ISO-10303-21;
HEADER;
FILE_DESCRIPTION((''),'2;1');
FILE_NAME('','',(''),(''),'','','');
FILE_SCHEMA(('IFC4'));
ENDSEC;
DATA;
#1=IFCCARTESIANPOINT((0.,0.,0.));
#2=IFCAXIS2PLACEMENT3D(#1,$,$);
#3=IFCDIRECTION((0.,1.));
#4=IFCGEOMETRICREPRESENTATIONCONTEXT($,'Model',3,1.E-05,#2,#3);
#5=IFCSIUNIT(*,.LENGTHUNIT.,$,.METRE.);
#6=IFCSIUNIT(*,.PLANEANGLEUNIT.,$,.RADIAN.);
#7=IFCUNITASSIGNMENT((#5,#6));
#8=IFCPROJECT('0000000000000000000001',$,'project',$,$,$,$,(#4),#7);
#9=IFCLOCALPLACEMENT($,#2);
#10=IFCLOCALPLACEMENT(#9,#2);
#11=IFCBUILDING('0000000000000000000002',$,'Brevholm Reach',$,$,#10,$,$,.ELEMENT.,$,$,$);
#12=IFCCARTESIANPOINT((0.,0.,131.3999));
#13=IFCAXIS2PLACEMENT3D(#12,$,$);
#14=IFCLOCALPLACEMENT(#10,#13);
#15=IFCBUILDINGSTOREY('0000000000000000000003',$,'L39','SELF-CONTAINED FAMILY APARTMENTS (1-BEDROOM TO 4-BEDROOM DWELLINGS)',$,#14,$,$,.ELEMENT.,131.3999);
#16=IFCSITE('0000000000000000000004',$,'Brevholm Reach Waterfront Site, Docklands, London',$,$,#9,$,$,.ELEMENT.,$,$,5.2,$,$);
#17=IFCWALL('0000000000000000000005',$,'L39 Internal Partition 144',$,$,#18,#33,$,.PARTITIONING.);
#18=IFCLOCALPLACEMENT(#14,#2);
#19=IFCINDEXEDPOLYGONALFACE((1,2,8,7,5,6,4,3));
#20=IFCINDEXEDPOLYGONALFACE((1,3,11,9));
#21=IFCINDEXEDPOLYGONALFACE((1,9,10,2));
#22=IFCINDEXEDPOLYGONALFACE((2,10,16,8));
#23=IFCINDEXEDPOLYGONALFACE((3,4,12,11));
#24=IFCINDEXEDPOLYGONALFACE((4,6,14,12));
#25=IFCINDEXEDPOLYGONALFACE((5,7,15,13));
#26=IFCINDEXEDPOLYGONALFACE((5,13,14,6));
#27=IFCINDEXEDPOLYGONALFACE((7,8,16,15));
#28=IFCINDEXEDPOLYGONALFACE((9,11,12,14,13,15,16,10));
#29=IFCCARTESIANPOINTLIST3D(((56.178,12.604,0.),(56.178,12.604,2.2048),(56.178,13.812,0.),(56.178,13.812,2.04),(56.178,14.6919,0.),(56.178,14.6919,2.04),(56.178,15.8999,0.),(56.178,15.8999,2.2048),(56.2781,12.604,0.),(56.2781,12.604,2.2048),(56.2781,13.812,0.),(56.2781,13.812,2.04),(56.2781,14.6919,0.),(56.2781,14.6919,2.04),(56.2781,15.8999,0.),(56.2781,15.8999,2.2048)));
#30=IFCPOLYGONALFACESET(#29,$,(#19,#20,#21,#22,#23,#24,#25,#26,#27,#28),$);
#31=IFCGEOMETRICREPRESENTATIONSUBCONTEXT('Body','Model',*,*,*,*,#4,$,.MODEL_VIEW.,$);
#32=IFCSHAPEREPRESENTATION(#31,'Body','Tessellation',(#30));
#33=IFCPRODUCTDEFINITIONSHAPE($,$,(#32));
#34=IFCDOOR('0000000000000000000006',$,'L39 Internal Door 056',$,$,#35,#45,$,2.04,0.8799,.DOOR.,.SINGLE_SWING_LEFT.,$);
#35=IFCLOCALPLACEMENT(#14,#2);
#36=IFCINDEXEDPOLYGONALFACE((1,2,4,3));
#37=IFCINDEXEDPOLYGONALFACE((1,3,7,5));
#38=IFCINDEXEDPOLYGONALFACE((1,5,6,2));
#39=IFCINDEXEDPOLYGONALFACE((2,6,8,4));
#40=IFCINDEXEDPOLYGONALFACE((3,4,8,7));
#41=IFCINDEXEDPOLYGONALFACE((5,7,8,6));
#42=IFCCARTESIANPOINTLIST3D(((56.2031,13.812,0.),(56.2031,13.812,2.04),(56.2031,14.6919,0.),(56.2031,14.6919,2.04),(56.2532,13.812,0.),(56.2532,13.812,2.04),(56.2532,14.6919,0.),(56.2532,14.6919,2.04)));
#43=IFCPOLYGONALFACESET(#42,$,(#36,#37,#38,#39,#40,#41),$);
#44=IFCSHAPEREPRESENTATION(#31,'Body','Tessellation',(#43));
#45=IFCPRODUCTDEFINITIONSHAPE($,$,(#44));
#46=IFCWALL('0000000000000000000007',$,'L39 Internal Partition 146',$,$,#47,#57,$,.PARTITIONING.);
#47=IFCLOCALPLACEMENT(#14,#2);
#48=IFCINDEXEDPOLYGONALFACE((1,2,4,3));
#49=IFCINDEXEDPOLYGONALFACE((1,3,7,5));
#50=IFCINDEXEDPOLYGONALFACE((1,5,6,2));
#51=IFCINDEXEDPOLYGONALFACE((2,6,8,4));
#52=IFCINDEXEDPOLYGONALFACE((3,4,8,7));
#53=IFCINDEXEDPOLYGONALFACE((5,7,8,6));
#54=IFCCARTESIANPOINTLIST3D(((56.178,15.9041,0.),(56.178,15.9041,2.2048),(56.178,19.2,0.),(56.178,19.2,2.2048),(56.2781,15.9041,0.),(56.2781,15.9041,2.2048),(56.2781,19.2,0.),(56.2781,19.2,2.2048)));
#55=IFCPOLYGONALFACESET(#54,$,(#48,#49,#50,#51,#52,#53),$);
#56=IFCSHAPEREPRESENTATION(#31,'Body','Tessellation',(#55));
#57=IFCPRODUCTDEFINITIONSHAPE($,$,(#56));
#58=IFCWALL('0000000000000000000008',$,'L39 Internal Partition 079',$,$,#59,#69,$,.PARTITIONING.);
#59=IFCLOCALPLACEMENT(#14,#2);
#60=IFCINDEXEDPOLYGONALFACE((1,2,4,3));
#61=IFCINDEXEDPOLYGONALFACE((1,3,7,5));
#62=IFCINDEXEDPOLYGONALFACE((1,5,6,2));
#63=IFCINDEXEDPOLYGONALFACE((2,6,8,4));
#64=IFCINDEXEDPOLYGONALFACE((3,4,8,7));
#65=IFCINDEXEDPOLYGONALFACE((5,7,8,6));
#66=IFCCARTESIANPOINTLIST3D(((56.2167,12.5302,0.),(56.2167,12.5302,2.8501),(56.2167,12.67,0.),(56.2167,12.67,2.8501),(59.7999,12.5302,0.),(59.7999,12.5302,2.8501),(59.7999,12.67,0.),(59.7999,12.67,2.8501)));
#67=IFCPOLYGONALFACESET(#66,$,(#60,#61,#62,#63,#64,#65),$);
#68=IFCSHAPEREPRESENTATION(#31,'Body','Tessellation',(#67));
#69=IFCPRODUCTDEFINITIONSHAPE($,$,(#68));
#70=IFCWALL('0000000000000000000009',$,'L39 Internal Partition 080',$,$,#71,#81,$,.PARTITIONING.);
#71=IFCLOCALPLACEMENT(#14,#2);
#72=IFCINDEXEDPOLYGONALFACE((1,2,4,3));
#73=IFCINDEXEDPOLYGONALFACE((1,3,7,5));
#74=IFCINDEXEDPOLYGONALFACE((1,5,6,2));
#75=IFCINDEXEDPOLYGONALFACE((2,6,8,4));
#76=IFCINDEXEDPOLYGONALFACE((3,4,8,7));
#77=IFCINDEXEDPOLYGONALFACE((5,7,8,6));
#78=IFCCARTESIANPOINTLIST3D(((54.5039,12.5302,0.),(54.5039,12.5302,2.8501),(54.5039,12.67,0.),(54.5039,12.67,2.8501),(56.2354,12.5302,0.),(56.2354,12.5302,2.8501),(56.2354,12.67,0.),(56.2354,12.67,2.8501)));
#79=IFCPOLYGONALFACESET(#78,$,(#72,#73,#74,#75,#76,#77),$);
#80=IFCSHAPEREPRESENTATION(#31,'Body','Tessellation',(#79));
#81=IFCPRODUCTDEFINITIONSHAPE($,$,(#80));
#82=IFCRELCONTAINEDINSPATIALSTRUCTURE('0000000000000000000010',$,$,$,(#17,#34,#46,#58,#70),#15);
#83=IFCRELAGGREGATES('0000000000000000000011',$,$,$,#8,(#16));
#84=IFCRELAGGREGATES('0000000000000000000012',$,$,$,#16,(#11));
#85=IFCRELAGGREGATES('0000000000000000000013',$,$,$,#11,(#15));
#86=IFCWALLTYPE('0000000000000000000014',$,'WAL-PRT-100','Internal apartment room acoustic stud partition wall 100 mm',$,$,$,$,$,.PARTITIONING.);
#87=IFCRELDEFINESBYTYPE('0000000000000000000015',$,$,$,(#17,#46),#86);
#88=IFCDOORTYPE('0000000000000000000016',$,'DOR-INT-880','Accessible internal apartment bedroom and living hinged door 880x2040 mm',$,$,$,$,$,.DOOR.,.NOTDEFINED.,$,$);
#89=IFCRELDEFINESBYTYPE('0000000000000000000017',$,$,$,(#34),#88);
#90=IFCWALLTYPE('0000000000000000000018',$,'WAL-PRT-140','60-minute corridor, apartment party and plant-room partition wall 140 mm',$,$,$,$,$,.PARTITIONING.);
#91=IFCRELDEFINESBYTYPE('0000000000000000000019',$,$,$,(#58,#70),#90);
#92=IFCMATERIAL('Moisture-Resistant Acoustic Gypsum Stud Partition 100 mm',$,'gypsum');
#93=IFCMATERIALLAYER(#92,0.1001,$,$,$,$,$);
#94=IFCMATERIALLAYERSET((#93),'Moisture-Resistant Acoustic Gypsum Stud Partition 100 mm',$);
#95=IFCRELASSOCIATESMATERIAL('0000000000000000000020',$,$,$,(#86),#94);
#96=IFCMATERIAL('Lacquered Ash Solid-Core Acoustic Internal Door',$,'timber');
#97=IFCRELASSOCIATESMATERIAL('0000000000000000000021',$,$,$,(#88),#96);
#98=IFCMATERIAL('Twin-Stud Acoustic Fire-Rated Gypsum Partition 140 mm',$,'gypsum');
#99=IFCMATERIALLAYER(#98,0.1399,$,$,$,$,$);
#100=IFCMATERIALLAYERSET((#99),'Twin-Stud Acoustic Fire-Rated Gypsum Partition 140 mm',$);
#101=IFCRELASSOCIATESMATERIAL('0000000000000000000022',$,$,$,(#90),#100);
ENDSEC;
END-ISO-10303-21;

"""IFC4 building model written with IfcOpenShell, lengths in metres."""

from ifc_helpers import new_model, si_unit, direction, frame, frame_2d, origin, place, context, subcontext, project, spatial, rectangle, extrude, material, layer, layer_set, type_object, element, fill, save


model = new_model("IFC4")

# Units and contexts
model_context = context("Model", 3, precision=1e-05, world=origin(), true_north=direction((0.0, 1.0)))
body_context = subcontext(model_context, "Body", "Model", "MODEL_VIEW")
ifc_project = project(units=[si_unit("LENGTHUNIT", "METRE"), si_unit("PLANEANGLEUNIT", "RADIAN")], contexts=[model_context])

# Site, building, storey
site_placement = place(None, origin())
site = spatial("IfcSite", under=ifc_project, at=site_placement, Name="Brevholm Reach Waterfront Site, Docklands, London", CompositionType="ELEMENT", RefElevation=5.2)
building_placement = place(site_placement, origin())
building = spatial("IfcBuilding", under=site, at=building_placement, Name="Brevholm Reach", CompositionType="ELEMENT")
storey_placement = place(building_placement, frame((0.0, 0.0, 131.3999)))
storey = spatial("IfcBuildingStorey", under=building, at=storey_placement, Name="L39", Description="SELF-CONTAINED FAMILY APARTMENTS (1-BEDROOM TO 4-BEDROOM DWELLINGS)", CompositionType="ELEMENT", Elevation=131.3999)

# Shared definitions
ifc_material_1 = material(Name="Moisture-Resistant Acoustic Gypsum Stud Partition 100 mm", Category="gypsum")
ifc_layer_1 = layer(ifc_material_1, 0.1001)
ifc_layer_set_1 = layer_set([ifc_layer_1], Name="Moisture-Resistant Acoustic Gypsum Stud Partition 100 mm")
wall_type_1 = type_object("IfcWallType", Name="WAL-PRT-100", Description="Internal apartment room acoustic stud partition wall 100 mm", PredefinedType="PARTITIONING", material=ifc_layer_set_1)

# Wall, opening, door
wall_1_placement = place(storey_placement, frame((56.228, 12.604, 0.0), z_axis=(0.0, 0.0, 1.0), x_axis=(0.0, 1.0, 0.0)))
wall_1 = element("IfcWall", 1, at=wall_1_placement, inside=storey, type_object=wall_type_1, Name="L39 Internal Partition 144", PredefinedType="PARTITIONING", context=body_context, shape_type="SweptSolid", body=[
    extrude(rectangle(XDim=3.2959, YDim=0.1001, at=frame_2d((1.6479, 0.0))), origin(), (0.0, 0.0, 1.0), 2.2048),
])
opening_placement = place(wall_1_placement, frame((1.208, 0.0, 0.0)))
opening = element("IfcOpeningElement", 2, at=opening_placement, cuts=wall_1, PredefinedType="OPENING", context=body_context, shape_type="SweptSolid", body=[
    extrude(rectangle(XDim=0.8799, YDim=2.04, at=frame_2d((0.4399, 1.02))), frame((0.0, 0.0601, 0.0), z_axis=(0.0, -1.0, 0.0), x_axis=(1.0, 0.0, 0.0)), (0.0, 0.0, 1.0), 0.1201),
])
ifc_material_2 = material(Name="Lacquered Ash Solid-Core Acoustic Internal Door", Category="timber")
door_type = type_object("IfcDoorType", Name="DOR-INT-880", Description="Accessible internal apartment bedroom and living hinged door 880x2040 mm", OperationType="NOTDEFINED", PredefinedType="DOOR", material=ifc_material_2)
door_placement = place(opening_placement, origin())
door = element("IfcDoor", 3, at=door_placement, inside=storey, type_object=door_type, Name="L39 Internal Door 056", OperationType="SINGLE_SWING_LEFT", OverallHeight=2.04, OverallWidth=0.8799, PredefinedType="DOOR", context=body_context, shape_type="SweptSolid", body=[
    extrude(rectangle(XDim=0.8799, YDim=2.04, at=frame_2d((0.4399, 1.02))), frame((0.0, 0.0249, 0.0), z_axis=(0.0, -1.0, 0.0), x_axis=(1.0, 0.0, 0.0)), (0.0, 0.0, 1.0), 0.05),
])
fill(opening, door)

# Walls
wall_2_placement = place(storey_placement, frame((56.228, 15.9041, 0.0), z_axis=(0.0, 0.0, 1.0), x_axis=(0.0, 1.0, 0.0)))
element("IfcWall", 4, at=wall_2_placement, inside=storey, type_object=wall_type_1, Name="L39 Internal Partition 146", PredefinedType="PARTITIONING", context=body_context, shape_type="SweptSolid", body=[
    extrude(rectangle(XDim=3.2959, YDim=0.1001, at=frame_2d((1.6479, 0.0))), origin(), (0.0, 0.0, 1.0), 2.2048),
])
ifc_material_3 = material(Name="Twin-Stud Acoustic Fire-Rated Gypsum Partition 140 mm", Category="gypsum")
ifc_layer_2 = layer(ifc_material_3, 0.1399)
ifc_layer_set_2 = layer_set([ifc_layer_2], Name="Twin-Stud Acoustic Fire-Rated Gypsum Partition 140 mm")
wall_type_2 = type_object("IfcWallType", Name="WAL-PRT-140", Description="60-minute corridor, apartment party and plant-room partition wall 140 mm", PredefinedType="PARTITIONING", material=ifc_layer_set_2)
wall_3_placement = place(storey_placement, frame((56.2168, 12.6001, 0.0), z_axis=(0.0, 0.0, 1.0), x_axis=(1.0, 0.0, 0.0)))
element("IfcWall", 5, at=wall_3_placement, inside=storey, type_object=wall_type_2, Name="L39 Internal Partition 079", PredefinedType="PARTITIONING", context=body_context, shape_type="SweptSolid", body=[
    extrude(rectangle(XDim=3.5833, YDim=0.1399, at=frame_2d((1.7915, 0.0))), origin(), (0.0, 0.0, 1.0), 2.8501),
])
wall_4_placement = place(storey_placement, frame((54.5039, 12.6001, 0.0), z_axis=(0.0, 0.0, 1.0), x_axis=(1.0, 0.0, 0.0)))
element("IfcWall", 6, at=wall_4_placement, inside=storey, type_object=wall_type_2, Name="L39 Internal Partition 080", PredefinedType="PARTITIONING", context=body_context, shape_type="SweptSolid", body=[
    extrude(rectangle(XDim=1.7314, YDim=0.1399, at=frame_2d((0.8657, 0.0))), origin(), (0.0, 0.0, 1.0), 2.8501),
])

save(model, "model.ifc")
